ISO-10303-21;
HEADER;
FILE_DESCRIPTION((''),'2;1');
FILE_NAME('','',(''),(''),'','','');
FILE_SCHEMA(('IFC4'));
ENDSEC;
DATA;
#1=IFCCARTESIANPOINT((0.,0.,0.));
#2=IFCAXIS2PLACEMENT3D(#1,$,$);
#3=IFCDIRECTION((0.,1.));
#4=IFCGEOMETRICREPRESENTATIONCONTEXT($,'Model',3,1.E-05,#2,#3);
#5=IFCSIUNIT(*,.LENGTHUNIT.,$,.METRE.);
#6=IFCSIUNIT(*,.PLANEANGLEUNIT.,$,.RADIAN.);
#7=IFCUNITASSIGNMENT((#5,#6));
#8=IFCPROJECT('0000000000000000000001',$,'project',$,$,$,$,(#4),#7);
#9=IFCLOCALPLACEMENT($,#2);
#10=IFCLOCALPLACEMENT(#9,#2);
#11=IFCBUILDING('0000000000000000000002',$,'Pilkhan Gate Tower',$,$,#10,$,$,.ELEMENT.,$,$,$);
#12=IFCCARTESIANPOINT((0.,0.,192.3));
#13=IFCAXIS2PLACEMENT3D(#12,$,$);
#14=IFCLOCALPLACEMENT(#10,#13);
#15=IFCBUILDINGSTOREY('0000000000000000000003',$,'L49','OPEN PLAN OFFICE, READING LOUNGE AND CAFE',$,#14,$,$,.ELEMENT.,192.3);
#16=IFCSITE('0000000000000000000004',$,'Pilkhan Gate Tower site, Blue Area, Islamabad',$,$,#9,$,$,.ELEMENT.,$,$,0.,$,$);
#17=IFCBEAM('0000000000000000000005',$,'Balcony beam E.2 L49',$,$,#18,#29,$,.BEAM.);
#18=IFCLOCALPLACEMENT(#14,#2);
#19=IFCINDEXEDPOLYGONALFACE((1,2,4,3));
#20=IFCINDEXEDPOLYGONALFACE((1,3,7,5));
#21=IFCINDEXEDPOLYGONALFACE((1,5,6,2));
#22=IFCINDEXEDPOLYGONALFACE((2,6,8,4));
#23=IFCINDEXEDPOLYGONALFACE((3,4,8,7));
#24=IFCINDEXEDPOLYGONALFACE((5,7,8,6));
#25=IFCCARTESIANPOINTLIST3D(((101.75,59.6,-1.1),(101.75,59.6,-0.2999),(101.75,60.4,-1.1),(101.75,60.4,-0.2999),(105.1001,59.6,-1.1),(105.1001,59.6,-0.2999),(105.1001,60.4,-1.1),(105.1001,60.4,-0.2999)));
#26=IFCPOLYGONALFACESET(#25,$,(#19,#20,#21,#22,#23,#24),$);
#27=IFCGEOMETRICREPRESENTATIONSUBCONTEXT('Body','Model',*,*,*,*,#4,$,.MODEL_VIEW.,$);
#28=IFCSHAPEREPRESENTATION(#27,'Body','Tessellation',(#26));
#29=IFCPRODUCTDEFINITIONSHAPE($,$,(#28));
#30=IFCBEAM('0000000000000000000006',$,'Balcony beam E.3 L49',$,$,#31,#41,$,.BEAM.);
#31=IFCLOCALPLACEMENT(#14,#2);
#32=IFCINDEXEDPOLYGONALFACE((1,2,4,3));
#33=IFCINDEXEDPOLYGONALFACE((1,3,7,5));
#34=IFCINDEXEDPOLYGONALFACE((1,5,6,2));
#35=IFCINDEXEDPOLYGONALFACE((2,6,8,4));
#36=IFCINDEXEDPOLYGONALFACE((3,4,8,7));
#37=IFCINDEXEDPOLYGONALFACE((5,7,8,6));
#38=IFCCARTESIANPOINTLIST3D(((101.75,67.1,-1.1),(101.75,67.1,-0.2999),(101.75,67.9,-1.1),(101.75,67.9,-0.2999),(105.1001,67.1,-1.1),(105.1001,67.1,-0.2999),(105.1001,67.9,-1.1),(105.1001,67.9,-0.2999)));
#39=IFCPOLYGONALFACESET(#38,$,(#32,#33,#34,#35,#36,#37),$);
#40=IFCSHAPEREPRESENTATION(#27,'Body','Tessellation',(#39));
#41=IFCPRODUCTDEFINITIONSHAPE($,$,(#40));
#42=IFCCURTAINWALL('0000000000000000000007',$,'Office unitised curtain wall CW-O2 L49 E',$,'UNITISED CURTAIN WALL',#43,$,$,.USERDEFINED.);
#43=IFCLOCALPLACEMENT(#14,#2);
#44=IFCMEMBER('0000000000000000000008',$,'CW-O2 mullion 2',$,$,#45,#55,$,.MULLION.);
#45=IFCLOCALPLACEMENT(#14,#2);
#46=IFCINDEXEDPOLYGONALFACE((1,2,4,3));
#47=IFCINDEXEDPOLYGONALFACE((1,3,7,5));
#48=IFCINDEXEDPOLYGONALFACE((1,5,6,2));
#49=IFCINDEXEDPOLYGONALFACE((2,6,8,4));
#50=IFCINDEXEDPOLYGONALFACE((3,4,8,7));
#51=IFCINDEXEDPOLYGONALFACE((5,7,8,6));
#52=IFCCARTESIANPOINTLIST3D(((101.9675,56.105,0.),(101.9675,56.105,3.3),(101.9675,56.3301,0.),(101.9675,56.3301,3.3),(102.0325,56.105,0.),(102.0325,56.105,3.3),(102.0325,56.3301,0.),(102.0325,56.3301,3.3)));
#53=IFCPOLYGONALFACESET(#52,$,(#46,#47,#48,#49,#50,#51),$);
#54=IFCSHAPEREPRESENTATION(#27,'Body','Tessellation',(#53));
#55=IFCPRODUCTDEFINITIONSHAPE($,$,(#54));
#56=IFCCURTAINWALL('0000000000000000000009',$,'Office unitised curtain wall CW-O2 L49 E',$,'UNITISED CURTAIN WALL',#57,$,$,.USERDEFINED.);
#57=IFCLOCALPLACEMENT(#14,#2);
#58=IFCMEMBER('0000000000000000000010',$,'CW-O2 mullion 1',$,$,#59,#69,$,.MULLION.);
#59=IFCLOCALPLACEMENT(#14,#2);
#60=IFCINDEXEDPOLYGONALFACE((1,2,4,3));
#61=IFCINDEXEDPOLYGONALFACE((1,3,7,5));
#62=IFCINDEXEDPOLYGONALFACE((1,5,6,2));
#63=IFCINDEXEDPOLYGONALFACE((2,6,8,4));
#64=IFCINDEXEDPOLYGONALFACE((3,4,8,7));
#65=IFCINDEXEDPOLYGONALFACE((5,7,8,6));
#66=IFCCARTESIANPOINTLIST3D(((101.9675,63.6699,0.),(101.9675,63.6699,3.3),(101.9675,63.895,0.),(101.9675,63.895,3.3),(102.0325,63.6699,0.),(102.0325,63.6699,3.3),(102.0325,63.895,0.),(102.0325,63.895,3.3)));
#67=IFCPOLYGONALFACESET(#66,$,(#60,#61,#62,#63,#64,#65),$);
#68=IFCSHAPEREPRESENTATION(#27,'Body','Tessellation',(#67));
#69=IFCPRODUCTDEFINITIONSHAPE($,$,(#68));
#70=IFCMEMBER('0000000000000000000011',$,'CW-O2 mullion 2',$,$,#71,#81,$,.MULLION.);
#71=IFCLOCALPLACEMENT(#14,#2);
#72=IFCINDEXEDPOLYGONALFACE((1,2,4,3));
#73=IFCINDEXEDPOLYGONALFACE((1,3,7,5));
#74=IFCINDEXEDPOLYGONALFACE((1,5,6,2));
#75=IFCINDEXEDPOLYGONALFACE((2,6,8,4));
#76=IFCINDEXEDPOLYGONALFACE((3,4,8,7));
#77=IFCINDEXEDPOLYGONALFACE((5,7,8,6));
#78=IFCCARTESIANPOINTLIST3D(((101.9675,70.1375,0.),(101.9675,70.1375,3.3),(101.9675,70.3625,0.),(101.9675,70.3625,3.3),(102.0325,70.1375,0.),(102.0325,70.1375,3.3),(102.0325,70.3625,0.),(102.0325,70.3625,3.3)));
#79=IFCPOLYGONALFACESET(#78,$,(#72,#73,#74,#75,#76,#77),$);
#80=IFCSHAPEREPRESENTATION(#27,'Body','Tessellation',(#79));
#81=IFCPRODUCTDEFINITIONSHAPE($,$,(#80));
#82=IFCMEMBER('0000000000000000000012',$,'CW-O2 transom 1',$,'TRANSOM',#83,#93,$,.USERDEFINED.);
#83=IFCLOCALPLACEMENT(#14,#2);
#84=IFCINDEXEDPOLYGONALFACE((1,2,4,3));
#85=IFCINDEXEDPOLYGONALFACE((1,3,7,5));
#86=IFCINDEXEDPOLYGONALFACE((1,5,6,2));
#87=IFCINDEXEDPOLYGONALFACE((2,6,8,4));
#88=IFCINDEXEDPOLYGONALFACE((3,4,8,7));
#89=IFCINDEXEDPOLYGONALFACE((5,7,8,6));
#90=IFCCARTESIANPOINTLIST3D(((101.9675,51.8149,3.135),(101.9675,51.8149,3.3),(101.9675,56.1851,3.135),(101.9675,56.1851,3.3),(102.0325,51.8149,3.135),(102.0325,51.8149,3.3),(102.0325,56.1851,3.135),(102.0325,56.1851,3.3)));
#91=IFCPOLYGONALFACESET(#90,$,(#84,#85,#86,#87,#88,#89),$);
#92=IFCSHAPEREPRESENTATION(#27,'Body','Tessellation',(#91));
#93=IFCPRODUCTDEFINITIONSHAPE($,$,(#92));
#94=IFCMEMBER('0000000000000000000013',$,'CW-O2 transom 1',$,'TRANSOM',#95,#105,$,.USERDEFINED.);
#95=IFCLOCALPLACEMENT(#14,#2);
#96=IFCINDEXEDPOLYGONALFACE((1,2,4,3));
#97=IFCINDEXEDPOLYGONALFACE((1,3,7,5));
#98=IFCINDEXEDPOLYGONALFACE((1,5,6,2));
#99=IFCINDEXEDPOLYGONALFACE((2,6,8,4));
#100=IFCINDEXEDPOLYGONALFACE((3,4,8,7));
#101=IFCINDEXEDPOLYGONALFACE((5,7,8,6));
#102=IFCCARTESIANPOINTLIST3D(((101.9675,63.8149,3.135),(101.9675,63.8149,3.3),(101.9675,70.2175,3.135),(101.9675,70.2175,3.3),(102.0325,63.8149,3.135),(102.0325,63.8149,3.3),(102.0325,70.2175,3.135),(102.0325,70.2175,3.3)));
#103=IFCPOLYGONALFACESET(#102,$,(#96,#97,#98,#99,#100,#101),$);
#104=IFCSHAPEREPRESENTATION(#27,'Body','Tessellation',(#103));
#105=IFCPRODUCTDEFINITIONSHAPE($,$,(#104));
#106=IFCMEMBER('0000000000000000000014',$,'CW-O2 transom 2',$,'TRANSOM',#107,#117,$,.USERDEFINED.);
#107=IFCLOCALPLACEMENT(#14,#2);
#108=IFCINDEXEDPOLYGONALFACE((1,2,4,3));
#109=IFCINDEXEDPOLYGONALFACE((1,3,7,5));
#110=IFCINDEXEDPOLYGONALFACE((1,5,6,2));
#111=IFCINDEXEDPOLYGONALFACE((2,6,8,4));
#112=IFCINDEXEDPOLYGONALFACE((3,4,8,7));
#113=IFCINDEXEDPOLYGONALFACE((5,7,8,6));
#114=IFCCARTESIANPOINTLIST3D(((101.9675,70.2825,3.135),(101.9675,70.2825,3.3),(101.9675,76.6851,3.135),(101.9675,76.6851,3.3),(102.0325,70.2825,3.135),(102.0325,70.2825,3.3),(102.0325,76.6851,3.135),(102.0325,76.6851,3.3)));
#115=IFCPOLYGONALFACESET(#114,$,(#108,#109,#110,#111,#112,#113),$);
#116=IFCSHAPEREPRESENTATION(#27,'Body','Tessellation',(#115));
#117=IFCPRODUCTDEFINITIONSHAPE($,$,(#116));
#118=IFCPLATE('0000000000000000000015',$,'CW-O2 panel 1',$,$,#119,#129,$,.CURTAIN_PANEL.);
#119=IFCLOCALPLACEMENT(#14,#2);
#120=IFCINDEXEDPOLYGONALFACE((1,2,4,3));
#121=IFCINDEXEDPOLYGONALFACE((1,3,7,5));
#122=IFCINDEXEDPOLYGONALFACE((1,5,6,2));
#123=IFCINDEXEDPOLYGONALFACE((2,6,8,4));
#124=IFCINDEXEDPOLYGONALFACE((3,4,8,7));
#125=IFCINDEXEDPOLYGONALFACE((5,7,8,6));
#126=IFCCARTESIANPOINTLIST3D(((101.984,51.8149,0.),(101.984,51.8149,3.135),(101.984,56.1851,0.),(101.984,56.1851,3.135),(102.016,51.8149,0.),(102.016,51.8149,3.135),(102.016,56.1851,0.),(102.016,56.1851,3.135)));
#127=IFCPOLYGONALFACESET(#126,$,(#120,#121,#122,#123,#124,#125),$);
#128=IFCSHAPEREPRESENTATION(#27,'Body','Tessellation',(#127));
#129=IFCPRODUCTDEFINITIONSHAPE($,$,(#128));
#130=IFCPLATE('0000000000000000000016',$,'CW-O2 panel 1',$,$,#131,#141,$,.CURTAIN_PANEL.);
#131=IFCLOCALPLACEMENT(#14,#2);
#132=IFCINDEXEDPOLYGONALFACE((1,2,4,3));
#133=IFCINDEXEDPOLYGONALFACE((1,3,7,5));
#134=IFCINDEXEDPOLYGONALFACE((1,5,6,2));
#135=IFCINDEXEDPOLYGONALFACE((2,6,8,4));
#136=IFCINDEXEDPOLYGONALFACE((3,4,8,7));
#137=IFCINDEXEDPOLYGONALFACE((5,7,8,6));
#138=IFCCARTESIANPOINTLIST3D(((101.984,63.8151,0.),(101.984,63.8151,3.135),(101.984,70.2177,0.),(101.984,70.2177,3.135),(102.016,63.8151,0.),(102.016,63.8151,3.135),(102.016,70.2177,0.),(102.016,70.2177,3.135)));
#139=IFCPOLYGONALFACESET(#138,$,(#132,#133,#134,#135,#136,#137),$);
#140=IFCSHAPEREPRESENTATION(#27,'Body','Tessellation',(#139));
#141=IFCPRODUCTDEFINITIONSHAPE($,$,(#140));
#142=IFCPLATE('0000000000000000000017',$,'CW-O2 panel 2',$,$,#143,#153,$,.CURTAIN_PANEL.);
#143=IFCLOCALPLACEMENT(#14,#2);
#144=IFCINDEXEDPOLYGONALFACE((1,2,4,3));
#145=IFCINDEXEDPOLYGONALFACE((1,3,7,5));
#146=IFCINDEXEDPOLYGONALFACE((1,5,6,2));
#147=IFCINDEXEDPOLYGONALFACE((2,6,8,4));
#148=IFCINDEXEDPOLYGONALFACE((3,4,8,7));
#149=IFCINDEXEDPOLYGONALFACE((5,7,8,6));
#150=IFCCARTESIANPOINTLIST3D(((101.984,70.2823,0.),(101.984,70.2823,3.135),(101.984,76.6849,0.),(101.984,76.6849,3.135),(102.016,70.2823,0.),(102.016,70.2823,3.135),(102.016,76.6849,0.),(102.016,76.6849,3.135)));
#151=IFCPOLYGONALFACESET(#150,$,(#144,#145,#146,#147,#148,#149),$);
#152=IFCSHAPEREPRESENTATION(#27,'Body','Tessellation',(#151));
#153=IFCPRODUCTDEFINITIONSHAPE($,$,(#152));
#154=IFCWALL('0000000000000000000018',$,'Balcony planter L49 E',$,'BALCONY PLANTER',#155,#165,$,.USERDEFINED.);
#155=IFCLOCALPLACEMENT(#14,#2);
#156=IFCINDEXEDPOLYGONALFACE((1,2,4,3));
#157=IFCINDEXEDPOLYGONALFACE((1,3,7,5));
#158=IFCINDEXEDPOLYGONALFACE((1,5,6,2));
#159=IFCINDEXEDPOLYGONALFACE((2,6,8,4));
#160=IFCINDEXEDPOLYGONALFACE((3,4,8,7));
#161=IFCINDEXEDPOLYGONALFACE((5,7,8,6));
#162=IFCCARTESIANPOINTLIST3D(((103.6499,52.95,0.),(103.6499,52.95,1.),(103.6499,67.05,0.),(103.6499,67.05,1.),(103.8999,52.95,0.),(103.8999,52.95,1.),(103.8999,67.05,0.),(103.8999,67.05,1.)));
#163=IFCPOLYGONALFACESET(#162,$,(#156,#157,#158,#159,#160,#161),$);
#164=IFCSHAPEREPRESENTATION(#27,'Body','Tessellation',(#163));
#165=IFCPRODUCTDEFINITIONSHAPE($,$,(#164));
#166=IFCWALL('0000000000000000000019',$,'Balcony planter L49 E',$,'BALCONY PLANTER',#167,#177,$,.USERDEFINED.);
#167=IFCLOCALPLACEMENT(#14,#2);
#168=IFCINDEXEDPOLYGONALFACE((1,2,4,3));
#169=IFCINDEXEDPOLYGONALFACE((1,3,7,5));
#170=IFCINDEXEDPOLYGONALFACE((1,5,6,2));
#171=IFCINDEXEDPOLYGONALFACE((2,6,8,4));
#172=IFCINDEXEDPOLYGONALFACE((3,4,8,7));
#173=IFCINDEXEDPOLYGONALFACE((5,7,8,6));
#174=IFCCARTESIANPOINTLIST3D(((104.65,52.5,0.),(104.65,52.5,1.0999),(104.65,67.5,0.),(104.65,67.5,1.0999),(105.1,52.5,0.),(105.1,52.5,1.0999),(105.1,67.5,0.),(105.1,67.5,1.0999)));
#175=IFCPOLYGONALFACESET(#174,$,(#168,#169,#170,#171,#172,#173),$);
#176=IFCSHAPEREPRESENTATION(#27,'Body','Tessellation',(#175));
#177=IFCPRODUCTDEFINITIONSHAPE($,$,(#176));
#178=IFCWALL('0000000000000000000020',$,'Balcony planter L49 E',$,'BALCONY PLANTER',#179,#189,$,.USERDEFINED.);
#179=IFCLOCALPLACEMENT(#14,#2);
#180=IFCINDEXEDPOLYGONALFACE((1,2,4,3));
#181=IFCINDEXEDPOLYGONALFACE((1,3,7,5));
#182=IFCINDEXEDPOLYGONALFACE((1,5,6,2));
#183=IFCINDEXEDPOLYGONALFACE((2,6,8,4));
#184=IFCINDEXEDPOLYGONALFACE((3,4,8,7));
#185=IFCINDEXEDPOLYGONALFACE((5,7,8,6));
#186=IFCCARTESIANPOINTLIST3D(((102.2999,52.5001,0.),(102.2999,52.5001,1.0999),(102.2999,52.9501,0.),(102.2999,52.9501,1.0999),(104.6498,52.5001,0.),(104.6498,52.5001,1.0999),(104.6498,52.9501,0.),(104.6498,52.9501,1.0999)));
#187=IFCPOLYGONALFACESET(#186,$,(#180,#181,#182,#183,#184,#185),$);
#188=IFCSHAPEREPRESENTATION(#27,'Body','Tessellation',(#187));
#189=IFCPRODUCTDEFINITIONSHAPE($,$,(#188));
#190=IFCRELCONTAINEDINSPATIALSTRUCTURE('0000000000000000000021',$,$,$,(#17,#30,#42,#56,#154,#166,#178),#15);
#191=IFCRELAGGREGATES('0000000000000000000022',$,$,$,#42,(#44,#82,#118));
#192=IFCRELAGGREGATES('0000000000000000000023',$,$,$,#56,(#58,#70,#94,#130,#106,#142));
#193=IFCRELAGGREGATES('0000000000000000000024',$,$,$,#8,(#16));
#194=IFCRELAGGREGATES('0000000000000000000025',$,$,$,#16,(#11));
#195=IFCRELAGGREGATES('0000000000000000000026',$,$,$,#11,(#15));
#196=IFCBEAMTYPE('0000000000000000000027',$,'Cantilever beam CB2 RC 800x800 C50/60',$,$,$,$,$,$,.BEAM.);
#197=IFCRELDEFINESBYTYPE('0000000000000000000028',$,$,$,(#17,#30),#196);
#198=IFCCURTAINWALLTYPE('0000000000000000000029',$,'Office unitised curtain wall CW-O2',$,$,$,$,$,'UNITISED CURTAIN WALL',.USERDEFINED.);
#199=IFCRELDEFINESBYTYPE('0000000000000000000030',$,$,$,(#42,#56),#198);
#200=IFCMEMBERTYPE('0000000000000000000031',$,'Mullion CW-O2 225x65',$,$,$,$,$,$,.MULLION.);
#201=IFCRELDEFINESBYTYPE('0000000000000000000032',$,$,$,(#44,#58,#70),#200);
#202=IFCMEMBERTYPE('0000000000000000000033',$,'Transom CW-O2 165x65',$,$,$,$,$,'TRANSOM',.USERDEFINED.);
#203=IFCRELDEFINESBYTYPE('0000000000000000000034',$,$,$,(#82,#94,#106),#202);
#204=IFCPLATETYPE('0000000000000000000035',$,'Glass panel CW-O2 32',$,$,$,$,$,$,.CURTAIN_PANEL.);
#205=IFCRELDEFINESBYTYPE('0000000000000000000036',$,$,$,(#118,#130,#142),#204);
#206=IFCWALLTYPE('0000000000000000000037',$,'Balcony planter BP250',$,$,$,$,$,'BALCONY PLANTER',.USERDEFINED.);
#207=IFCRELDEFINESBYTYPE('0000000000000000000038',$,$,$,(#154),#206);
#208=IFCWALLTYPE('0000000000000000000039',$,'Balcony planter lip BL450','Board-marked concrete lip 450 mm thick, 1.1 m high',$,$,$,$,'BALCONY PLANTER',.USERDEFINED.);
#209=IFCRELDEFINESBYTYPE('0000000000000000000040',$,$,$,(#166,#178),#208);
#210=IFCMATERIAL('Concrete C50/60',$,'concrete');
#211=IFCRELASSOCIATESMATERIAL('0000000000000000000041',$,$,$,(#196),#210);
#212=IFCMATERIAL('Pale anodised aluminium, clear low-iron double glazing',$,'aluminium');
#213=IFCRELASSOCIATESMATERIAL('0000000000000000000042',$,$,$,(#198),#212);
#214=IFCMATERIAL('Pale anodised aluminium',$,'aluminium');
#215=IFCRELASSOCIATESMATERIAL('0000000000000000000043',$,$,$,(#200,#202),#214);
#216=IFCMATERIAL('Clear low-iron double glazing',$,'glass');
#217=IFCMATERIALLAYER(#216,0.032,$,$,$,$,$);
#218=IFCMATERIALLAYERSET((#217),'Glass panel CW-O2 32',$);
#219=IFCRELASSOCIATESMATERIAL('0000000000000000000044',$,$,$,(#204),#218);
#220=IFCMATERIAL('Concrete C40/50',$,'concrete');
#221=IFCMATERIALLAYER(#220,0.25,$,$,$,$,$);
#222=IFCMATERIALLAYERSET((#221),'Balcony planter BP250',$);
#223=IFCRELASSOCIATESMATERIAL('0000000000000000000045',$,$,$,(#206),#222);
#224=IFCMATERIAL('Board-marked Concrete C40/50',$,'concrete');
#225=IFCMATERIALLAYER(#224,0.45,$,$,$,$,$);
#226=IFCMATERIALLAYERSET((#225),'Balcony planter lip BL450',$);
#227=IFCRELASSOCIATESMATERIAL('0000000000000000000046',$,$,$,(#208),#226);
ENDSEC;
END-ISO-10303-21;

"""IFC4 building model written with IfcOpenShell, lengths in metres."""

from ifc_helpers import new_model, si_unit, direction, frame, frame_2d, origin, origin_2d, place, context, subcontext, project, spatial, rectangle, extrude, material, layer, layer_set, material_profile, profile_set, type_object, element, aggregate, save


model = new_model("IFC4")

# Units and contexts
model_context = context("Model", 3, precision=1e-05, world=origin(), true_north=direction((0.0, 1.0)))
body_context = subcontext(model_context, "Body", "Model", "MODEL_VIEW")
ifc_project = project(units=[si_unit("LENGTHUNIT", "METRE"), si_unit("PLANEANGLEUNIT", "RADIAN")], contexts=[model_context])

# Site, building, storey
site_placement = place(None, origin())
site = spatial("IfcSite", under=ifc_project, at=site_placement, Name="Pilkhan Gate Tower site, Blue Area, Islamabad", CompositionType="ELEMENT", RefElevation=0.0)
building_placement = place(site_placement, origin())
building = spatial("IfcBuilding", under=site, at=building_placement, Name="Pilkhan Gate Tower", CompositionType="ELEMENT")
storey_placement = place(building_placement, frame((0.0, 0.0, 192.3)))
storey = spatial("IfcBuildingStorey", under=building, at=storey_placement, Name="L49", Description="OPEN PLAN OFFICE, READING LOUNGE AND CAFE", CompositionType="ELEMENT", Elevation=192.3)

# Beams
ifc_material_1 = material(Name="Concrete C50/60", Category="concrete")
ifc_material_profile_1 = material_profile(ifc_material_1, rectangle(XDim=0.8, YDim=0.8, at=origin_2d()), Name="RC 800x800")
ifc_profile_set_1 = profile_set([ifc_material_profile_1], Name="Concrete C50/60")
beam_type = type_object("IfcBeamType", Name="Cantilever beam CB2 RC 800x800 C50/60", PredefinedType="BEAM", material=ifc_profile_set_1)
for number, where, z_axis, x_axis, name in (
    (1, (101.75, 60.0, -0.7), (1.0, 0.0, 0.0), (0.0, 1.0, 0.0), "Balcony beam E.2 L49"),
    (2, (101.75, 67.5, -0.7), (1.0, 0.0, 0.0), (0.0, 1.0, 0.0), "Balcony beam E.3 L49"),
):
    element("IfcBeam", number, at=place(storey_placement, frame(where, z_axis=z_axis, x_axis=x_axis)), inside=storey, type_object=beam_type, Name=name, PredefinedType="BEAM", context=body_context, shape_type="SweptSolid", body=[
        extrude(rectangle(XDim=0.8, YDim=0.8, at=origin_2d()), origin(), (0.0, 0.0, 1.0), 3.3501),
    ])

# Curtain wall, member
ifc_material_2 = material(Name="Pale anodised aluminium, clear low-iron double glazing", Category="aluminium")
curtain_wall_type = type_object("IfcCurtainWallType", Name="Office unitised curtain wall CW-O2", ElementType="UNITISED CURTAIN WALL", PredefinedType="USERDEFINED", material=ifc_material_2)
curtain_wall_1_placement = place(storey_placement, origin())
curtain_wall_1 = element("IfcCurtainWall", 3, at=curtain_wall_1_placement, inside=storey, type_object=curtain_wall_type, Name="Office unitised curtain wall CW-O2 L49 E", ObjectType="UNITISED CURTAIN WALL", PredefinedType="USERDEFINED")
ifc_material_3 = material(Name="Pale anodised aluminium", Category="aluminium")
ifc_material_profile_2 = material_profile(ifc_material_3, rectangle(XDim=0.0649, YDim=0.2251, at=origin_2d()), Name="Mullion 225x65")
ifc_profile_set_2 = profile_set([ifc_material_profile_2], Name="Pale anodised aluminium")
member_type_1 = type_object("IfcMemberType", Name="Mullion CW-O2 225x65", PredefinedType="MULLION", material=ifc_profile_set_2)
member_1_placement = place(storey_placement, frame((102.0, 56.2175, 0.0), z_axis=(0.0, 0.0, 1.0), x_axis=(-1.0, 0.0, 0.0)))
member_1 = element("IfcMember", 4, at=member_1_placement, type_object=member_type_1, Name="CW-O2 mullion 2", PredefinedType="MULLION", context=body_context, shape_type="SweptSolid", body=[
    extrude(rectangle(XDim=0.0649, YDim=0.2251, at=origin_2d()), origin(), (0.0, 0.0, 1.0), 3.3),
])

# Curtain wall, members
curtain_wall_2_placement = place(storey_placement, origin())
curtain_wall_2 = element("IfcCurtainWall", 5, at=curtain_wall_2_placement, inside=storey, type_object=curtain_wall_type, Name="Office unitised curtain wall CW-O2 L49 E", ObjectType="UNITISED CURTAIN WALL", PredefinedType="USERDEFINED")
member_2_placement = place(storey_placement, frame((102.0, 63.7825, 0.0), z_axis=(0.0, 0.0, 1.0), x_axis=(-1.0, 0.0, 0.0)))
member_2 = element("IfcMember", 6, at=member_2_placement, type_object=member_type_1, Name="CW-O2 mullion 1", PredefinedType="MULLION", context=body_context, shape_type="SweptSolid", body=[
    extrude(rectangle(XDim=0.0649, YDim=0.2251, at=origin_2d()), origin(), (0.0, 0.0, 1.0), 3.3),
])
member_3_placement = place(storey_placement, frame((102.0, 70.25, 0.0), z_axis=(0.0, 0.0, 1.0), x_axis=(-1.0, 0.0, 0.0)))
member_3 = element("IfcMember", 7, at=member_3_placement, type_object=member_type_1, Name="CW-O2 mullion 2", PredefinedType="MULLION", context=body_context, shape_type="SweptSolid", body=[
    extrude(rectangle(XDim=0.0649, YDim=0.2251, at=origin_2d()), origin(), (0.0, 0.0, 1.0), 3.3),
])

# Members
ifc_material_profile_3 = material_profile(ifc_material_3, rectangle(XDim=0.0649, YDim=0.165, at=origin_2d()), Name="Transom 165x65")
ifc_profile_set_3 = profile_set([ifc_material_profile_3], Name="Pale anodised aluminium")
member_type_2 = type_object("IfcMemberType", Name="Transom CW-O2 165x65", ElementType="TRANSOM", PredefinedType="USERDEFINED", material=ifc_profile_set_3)
member_4_placement = place(storey_placement, frame((102.0, 51.8149, 3.2175), z_axis=(0.0, 1.0, 0.0), x_axis=(-1.0, 0.0, 0.0)))
member_4 = element("IfcMember", 8, at=member_4_placement, type_object=member_type_2, Name="CW-O2 transom 1", ObjectType="TRANSOM", PredefinedType="USERDEFINED", context=body_context, shape_type="SweptSolid", body=[
    extrude(rectangle(XDim=0.0649, YDim=0.165, at=origin_2d()), origin(), (0.0, 0.0, 1.0), 4.3701),
])
member_5_placement = place(storey_placement, frame((102.0, 63.8149, 3.2175), z_axis=(0.0, 1.0, 0.0), x_axis=(-1.0, 0.0, 0.0)))
member_5 = element("IfcMember", 9, at=member_5_placement, type_object=member_type_2, Name="CW-O2 transom 1", ObjectType="TRANSOM", PredefinedType="USERDEFINED", context=body_context, shape_type="SweptSolid", body=[
    extrude(rectangle(XDim=0.0649, YDim=0.165, at=origin_2d()), origin(), (0.0, 0.0, 1.0), 6.4026),
])
member_6_placement = place(storey_placement, frame((102.0, 70.2825, 3.2175), z_axis=(0.0, 1.0, 0.0), x_axis=(-1.0, 0.0, 0.0)))
member_6 = element("IfcMember", 10, at=member_6_placement, type_object=member_type_2, Name="CW-O2 transom 2", ObjectType="TRANSOM", PredefinedType="USERDEFINED", context=body_context, shape_type="SweptSolid", body=[
    extrude(rectangle(XDim=0.0649, YDim=0.165, at=origin_2d()), origin(), (0.0, 0.0, 1.0), 6.4026),
])

# Plates
ifc_material_4 = material(Name="Clear low-iron double glazing", Category="glass")
ifc_layer_1 = layer(ifc_material_4, 0.032)
ifc_layer_set_1 = layer_set([ifc_layer_1], Name="Glass panel CW-O2 32")
plate_type = type_object("IfcPlateType", Name="Glass panel CW-O2 32", PredefinedType="CURTAIN_PANEL", material=ifc_layer_set_1)
plate_1_placement = place(storey_placement, frame((102.0, 54.0, 0.0), z_axis=(0.0, 0.0, 1.0), x_axis=(0.0, 1.0, 0.0)))
plate_1 = element("IfcPlate", 11, at=plate_1_placement, type_object=plate_type, Name="CW-O2 panel 1", PredefinedType="CURTAIN_PANEL", context=body_context, shape_type="SweptSolid", body=[
    extrude(rectangle(XDim=4.3701, YDim=0.032, at=origin_2d()), origin(), (0.0, 0.0, 1.0), 3.135),
])
aggregate(curtain_wall_1, [member_1, member_4, plate_1])
plate_2_placement = place(storey_placement, frame((102.0, 67.0164, 0.0), z_axis=(0.0, 0.0, 1.0), x_axis=(0.0, 1.0, 0.0)))
plate_2 = element("IfcPlate", 12, at=plate_2_placement, type_object=plate_type, Name="CW-O2 panel 1", PredefinedType="CURTAIN_PANEL", context=body_context, shape_type="SweptSolid", body=[
    extrude(rectangle(XDim=6.4026, YDim=0.032, at=origin_2d()), origin(), (0.0, 0.0, 1.0), 3.135),
])
plate_3_placement = place(storey_placement, frame((102.0, 73.4836, 0.0), z_axis=(0.0, 0.0, 1.0), x_axis=(0.0, 1.0, 0.0)))
plate_3 = element("IfcPlate", 13, at=plate_3_placement, type_object=plate_type, Name="CW-O2 panel 2", PredefinedType="CURTAIN_PANEL", context=body_context, shape_type="SweptSolid", body=[
    extrude(rectangle(XDim=6.4026, YDim=0.032, at=origin_2d()), origin(), (0.0, 0.0, 1.0), 3.135),
])
aggregate(curtain_wall_2, [member_2, member_3, member_5, plate_2, member_6, plate_3])

# Walls
ifc_material_5 = material(Name="Concrete C40/50", Category="concrete")
ifc_layer_2 = layer(ifc_material_5, 0.25)
ifc_layer_set_2 = layer_set([ifc_layer_2], Name="Balcony planter BP250")
wall_type_1 = type_object("IfcWallType", Name="Balcony planter BP250", ElementType="BALCONY PLANTER", PredefinedType="USERDEFINED", material=ifc_layer_set_2)
wall_1_placement = place(storey_placement, frame((103.7749, 52.95, 0.0), z_axis=(0.0, 0.0, 1.0), x_axis=(0.0, 1.0, 0.0)))
element("IfcWall", 14, at=wall_1_placement, inside=storey, type_object=wall_type_1, Name="Balcony planter L49 E", ObjectType="BALCONY PLANTER", PredefinedType="USERDEFINED", context=body_context, shape_type="SweptSolid", body=[
    extrude(rectangle(XDim=14.1001, YDim=0.25, at=frame_2d((7.05, 0.0))), origin(), (0.0, 0.0, 1.0), 1.0),
])
ifc_material_6 = material(Name="Board-marked Concrete C40/50", Category="concrete")
ifc_layer_3 = layer(ifc_material_6, 0.45)
ifc_layer_set_3 = layer_set([ifc_layer_3], Name="Balcony planter lip BL450")
wall_type_2 = type_object("IfcWallType", Name="Balcony planter lip BL450", Description="Board-marked concrete lip 450 mm thick, 1.1 m high", ElementType="BALCONY PLANTER", PredefinedType="USERDEFINED", material=ifc_layer_set_3)
wall_2_placement = place(storey_placement, frame((104.875, 52.5, 0.0), z_axis=(0.0, 0.0, 1.0), x_axis=(0.0, 1.0, 0.0)))
element("IfcWall", 15, at=wall_2_placement, inside=storey, type_object=wall_type_2, Name="Balcony planter L49 E", ObjectType="BALCONY PLANTER", PredefinedType="USERDEFINED", context=body_context, shape_type="SweptSolid", body=[
    extrude(rectangle(XDim=15.0, YDim=0.45, at=frame_2d((7.5, 0.0))), origin(), (0.0, 0.0, 1.0), 1.0999),
])
for number, where, z_axis, x_axis, name in (
    (16, (102.3, 52.7251, 0.0), (0.0, 0.0, 1.0), (1.0, 0.0, 0.0), "Balcony planter L49 E"),
):
    element("IfcWall", number, at=place(storey_placement, frame(where, z_axis=z_axis, x_axis=x_axis)), inside=storey, type_object=wall_type_2, Name=name, ObjectType="BALCONY PLANTER", PredefinedType="USERDEFINED", context=body_context, shape_type="SweptSolid", body=[
        extrude(rectangle(XDim=2.3499, YDim=0.45, at=frame_2d((1.1748, 0.0))), origin(), (0.0, 0.0, 1.0), 1.0999),
    ])

save(model, "model.ifc")
